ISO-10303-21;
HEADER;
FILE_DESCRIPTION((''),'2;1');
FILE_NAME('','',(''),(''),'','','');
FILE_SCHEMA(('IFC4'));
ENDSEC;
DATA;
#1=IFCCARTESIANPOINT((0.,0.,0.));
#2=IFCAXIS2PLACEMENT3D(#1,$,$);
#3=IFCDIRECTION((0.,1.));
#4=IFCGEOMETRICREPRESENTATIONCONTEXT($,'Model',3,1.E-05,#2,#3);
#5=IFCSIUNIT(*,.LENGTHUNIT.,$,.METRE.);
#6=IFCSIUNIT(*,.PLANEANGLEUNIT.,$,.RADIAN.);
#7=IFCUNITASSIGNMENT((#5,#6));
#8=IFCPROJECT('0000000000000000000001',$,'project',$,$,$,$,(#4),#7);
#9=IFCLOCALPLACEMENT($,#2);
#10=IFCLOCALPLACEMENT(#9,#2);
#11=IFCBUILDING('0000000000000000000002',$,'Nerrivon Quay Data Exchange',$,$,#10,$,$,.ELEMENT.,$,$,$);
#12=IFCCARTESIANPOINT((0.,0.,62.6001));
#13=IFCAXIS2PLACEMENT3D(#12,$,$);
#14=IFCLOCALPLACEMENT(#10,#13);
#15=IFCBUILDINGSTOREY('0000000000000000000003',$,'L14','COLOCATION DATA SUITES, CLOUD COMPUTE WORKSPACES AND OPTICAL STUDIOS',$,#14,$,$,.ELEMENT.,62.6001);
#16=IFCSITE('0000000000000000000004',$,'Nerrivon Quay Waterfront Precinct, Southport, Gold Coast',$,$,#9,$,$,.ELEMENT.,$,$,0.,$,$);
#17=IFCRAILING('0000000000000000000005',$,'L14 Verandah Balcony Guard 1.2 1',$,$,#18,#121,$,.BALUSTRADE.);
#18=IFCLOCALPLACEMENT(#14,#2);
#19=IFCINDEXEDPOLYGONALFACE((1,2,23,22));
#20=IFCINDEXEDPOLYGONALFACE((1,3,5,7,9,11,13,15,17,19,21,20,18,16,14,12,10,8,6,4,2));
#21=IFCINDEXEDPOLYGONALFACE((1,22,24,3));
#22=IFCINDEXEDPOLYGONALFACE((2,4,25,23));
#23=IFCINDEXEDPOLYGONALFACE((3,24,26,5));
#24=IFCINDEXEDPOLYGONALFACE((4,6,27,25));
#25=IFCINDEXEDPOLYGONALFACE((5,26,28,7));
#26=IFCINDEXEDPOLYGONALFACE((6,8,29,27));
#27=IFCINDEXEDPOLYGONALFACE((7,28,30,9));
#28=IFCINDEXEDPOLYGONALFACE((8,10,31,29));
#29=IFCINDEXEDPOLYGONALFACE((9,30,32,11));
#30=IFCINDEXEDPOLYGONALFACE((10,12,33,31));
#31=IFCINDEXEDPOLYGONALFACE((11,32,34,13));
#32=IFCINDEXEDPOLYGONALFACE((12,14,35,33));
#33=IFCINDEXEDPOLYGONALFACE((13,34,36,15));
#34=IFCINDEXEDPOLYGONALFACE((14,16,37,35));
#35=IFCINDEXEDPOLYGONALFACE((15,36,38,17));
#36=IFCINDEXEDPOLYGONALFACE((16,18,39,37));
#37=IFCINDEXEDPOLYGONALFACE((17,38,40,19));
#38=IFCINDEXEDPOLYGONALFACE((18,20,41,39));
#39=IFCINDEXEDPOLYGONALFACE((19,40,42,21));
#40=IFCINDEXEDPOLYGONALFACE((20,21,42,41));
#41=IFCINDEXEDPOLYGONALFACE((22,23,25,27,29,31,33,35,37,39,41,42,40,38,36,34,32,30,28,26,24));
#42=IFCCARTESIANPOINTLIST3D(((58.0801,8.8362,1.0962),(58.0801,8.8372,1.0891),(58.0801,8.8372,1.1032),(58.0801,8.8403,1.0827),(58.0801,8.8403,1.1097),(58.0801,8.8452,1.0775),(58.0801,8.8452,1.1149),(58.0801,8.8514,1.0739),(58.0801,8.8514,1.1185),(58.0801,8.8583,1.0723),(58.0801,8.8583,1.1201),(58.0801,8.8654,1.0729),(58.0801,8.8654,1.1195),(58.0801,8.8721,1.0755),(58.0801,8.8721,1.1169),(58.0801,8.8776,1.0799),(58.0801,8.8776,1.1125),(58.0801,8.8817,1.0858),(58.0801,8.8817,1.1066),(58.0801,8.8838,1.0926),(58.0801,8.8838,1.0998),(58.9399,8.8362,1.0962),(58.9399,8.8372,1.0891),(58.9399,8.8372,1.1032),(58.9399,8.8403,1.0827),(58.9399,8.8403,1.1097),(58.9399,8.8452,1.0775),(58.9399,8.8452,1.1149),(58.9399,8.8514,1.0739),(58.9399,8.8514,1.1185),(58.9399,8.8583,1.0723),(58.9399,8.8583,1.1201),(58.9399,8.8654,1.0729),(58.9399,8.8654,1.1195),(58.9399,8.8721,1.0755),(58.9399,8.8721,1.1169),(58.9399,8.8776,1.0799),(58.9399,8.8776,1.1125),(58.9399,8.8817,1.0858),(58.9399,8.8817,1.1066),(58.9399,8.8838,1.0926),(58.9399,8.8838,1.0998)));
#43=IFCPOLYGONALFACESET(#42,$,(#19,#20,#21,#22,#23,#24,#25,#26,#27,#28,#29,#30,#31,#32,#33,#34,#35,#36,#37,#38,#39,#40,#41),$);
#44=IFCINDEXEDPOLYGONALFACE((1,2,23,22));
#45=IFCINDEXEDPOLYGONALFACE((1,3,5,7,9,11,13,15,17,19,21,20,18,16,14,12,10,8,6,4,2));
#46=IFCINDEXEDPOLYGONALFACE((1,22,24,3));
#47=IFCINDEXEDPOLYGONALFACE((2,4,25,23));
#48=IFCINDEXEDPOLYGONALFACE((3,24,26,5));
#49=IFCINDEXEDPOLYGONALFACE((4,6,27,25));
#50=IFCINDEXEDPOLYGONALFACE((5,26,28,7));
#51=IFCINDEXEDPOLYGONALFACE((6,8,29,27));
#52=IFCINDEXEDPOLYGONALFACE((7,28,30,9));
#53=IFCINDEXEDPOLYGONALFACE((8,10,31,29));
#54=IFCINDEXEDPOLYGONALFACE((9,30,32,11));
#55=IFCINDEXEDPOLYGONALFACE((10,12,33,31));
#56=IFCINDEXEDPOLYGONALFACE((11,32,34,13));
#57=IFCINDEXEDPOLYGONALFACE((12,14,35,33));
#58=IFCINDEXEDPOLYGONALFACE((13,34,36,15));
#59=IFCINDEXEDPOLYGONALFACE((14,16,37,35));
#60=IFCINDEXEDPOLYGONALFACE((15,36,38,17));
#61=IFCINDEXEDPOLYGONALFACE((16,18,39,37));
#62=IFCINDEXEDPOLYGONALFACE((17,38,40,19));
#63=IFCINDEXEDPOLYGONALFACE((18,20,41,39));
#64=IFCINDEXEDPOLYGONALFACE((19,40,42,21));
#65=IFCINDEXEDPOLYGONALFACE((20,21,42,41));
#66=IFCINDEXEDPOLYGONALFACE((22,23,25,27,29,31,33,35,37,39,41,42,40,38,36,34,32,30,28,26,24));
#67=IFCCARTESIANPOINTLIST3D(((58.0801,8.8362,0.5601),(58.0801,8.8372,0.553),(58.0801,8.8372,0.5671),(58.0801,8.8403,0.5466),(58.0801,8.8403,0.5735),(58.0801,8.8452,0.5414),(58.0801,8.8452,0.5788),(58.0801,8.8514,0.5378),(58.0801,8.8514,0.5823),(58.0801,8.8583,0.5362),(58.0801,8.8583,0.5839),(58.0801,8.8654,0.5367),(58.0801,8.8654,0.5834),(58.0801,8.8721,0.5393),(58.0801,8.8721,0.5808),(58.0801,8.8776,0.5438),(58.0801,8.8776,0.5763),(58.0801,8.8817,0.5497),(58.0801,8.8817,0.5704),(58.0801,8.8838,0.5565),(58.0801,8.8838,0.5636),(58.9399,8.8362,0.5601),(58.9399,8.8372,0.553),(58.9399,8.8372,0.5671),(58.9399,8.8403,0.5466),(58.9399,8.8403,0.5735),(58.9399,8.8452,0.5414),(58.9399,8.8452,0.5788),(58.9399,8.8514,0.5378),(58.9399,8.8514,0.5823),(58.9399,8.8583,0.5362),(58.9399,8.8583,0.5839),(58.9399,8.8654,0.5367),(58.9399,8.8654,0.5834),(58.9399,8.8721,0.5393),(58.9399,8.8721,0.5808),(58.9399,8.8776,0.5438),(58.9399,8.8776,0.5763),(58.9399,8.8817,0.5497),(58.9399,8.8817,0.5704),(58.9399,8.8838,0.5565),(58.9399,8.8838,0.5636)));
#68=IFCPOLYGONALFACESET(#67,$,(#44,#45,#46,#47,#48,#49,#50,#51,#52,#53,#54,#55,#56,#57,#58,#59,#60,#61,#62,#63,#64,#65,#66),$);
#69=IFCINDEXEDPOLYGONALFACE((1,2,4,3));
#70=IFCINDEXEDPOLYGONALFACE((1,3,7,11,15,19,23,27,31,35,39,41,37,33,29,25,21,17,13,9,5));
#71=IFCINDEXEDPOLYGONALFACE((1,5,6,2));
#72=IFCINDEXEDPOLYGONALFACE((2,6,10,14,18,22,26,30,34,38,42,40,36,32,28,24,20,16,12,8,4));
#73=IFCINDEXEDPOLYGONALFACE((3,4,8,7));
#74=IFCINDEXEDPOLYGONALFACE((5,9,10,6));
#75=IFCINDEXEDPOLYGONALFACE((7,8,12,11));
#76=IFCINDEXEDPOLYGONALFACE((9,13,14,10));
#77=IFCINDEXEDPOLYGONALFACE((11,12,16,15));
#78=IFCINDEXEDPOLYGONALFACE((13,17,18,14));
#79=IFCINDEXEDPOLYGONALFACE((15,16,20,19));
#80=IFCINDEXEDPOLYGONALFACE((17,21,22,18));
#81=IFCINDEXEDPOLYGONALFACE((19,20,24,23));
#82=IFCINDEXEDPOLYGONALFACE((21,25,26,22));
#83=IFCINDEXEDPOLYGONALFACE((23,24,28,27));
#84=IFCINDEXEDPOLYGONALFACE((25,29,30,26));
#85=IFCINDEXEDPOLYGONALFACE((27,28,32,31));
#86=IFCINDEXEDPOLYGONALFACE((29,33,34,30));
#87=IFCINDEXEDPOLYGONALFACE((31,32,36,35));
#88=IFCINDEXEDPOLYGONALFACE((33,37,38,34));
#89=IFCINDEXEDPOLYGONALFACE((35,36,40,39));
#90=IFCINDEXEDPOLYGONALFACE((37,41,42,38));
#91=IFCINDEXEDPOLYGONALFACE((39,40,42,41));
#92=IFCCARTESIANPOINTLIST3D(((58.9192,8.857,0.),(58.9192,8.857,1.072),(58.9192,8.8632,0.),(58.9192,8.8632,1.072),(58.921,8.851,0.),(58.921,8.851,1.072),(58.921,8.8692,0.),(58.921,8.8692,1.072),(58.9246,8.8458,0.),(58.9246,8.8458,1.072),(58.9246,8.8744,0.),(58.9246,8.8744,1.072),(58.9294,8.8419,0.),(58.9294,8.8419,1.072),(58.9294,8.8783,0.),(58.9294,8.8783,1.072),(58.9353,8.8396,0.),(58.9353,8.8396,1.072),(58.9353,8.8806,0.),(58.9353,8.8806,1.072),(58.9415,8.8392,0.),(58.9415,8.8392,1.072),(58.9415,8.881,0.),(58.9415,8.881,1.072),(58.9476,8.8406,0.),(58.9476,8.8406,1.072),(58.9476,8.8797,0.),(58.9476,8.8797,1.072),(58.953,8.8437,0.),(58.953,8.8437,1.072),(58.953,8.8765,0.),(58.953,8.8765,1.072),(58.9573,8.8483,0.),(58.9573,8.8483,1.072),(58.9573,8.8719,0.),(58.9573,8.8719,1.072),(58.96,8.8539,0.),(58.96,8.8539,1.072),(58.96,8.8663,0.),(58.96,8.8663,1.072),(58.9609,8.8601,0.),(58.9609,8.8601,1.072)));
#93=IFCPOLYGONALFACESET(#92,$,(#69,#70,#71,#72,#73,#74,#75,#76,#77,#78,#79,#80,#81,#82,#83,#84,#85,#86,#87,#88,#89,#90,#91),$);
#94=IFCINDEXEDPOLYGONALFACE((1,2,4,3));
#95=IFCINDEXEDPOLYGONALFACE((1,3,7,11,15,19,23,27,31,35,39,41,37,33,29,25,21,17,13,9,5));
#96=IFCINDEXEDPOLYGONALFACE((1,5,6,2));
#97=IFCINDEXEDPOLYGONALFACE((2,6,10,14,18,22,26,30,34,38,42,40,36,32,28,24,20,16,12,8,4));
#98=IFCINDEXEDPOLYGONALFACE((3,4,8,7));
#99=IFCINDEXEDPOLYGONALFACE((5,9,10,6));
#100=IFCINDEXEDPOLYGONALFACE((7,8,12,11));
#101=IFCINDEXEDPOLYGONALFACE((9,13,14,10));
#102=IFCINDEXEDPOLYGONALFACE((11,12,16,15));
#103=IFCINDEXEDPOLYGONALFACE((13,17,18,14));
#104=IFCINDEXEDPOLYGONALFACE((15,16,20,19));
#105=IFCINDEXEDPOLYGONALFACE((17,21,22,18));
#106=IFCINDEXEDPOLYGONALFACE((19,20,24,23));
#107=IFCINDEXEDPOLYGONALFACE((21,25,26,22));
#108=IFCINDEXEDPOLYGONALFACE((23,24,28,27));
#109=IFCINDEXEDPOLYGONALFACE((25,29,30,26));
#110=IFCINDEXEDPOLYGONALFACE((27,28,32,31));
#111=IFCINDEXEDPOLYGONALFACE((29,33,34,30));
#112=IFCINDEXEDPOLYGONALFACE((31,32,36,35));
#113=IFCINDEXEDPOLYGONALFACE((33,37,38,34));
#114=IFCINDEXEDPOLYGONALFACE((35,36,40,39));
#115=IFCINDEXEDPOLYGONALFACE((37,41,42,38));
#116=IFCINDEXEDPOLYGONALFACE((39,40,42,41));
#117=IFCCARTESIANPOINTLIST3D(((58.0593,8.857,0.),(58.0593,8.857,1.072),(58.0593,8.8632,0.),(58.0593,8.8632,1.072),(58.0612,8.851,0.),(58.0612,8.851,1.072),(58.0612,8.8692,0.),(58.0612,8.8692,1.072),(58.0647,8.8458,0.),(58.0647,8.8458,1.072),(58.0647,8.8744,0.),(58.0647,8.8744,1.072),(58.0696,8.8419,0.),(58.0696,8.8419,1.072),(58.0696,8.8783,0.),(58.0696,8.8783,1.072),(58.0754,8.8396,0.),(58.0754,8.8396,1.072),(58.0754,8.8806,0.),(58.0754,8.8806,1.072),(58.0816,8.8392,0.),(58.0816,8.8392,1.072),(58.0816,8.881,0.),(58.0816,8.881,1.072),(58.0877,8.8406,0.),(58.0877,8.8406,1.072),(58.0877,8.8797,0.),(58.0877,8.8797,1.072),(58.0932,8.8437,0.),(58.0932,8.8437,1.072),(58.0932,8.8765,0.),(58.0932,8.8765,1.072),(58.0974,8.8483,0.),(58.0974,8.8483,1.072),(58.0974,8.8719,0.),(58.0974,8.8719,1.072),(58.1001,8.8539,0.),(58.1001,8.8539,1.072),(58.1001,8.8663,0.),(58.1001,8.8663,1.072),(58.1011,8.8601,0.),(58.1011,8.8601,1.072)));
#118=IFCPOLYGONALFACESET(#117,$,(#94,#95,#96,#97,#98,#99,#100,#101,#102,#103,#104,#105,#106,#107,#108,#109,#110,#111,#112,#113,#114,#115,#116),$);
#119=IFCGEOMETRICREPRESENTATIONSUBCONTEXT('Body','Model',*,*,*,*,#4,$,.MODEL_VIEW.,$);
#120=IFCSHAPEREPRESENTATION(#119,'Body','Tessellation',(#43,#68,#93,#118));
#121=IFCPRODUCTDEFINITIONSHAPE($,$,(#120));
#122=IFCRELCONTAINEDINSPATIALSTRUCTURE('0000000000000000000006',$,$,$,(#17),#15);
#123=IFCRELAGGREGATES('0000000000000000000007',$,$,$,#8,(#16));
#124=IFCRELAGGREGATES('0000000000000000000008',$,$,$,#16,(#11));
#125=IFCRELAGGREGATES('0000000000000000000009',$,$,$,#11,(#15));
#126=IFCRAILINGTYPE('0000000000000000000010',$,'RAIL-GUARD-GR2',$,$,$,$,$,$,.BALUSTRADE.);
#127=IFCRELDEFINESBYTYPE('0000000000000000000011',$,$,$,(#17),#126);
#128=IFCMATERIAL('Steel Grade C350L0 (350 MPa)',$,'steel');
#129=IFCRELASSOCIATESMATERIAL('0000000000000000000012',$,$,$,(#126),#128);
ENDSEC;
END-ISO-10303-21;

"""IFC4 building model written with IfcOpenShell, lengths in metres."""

from ifc_helpers import new_model, si_unit, direction, frame, origin, origin_2d, place, context, subcontext, project, spatial, circle, extrude, material, type_object, element, save


model = new_model("IFC4")

# Units and contexts
model_context = context("Model", 3, precision=1e-05, world=origin(), true_north=direction((0.0, 1.0)))
body_context = subcontext(model_context, "Body", "Model", "MODEL_VIEW")
ifc_project = project(units=[si_unit("LENGTHUNIT", "METRE"), si_unit("PLANEANGLEUNIT", "RADIAN")], contexts=[model_context])

# Site, building, storey
site_placement = place(None, origin())
site = spatial("IfcSite", under=ifc_project, at=site_placement, Name="Nerrivon Quay Waterfront Precinct, Southport, Gold Coast", CompositionType="ELEMENT", RefElevation=0.0)
building_placement = place(site_placement, origin())
building = spatial("IfcBuilding", under=site, at=building_placement, Name="Nerrivon Quay Data Exchange", CompositionType="ELEMENT")
storey_placement = place(building_placement, frame((0.0, 0.0, 62.6001)))
storey = spatial("IfcBuildingStorey", under=building, at=storey_placement, Name="L14", Description="COLOCATION DATA SUITES, CLOUD COMPUTE WORKSPACES AND OPTICAL STUDIOS", CompositionType="ELEMENT", Elevation=62.6001)

# Shared definitions
ifc_material_1 = material(Name="Steel Grade C350L0 (350 MPa)", Category="steel")

# Railing
railing_type = type_object("IfcRailingType", Name="RAIL-GUARD-GR2", PredefinedType="BALUSTRADE", material=ifc_material_1)
railing_1_placement = place(storey_placement, frame((58.9399, 8.8601, 0.0)))
element("IfcRailing", 1, at=railing_1_placement, inside=storey, type_object=railing_type, Name="L14 Verandah Balcony Guard 1.2 1", PredefinedType="BALUSTRADE", context=body_context, shape_type="SweptSolid", body=[
    extrude(circle(Radius=0.0239, at=origin_2d()), frame((0.0, 0.0, 1.0962), z_axis=(-1.0, 0.0, 0.0), x_axis=(0.0, -1.0, 0.0)), (0.0, 0.0, 1.0), 0.8599),
    extrude(circle(Radius=0.0239, at=origin_2d()), frame((0.0, 0.0, 0.5601), z_axis=(-1.0, 0.0, 0.0), x_axis=(0.0, -1.0, 0.0)), (0.0, 0.0, 1.0), 0.8599),
    extrude(circle(Radius=0.021, at=origin_2d()), origin(), (0.0, 0.0, 1.0), 1.072),
    extrude(circle(Radius=0.021, at=origin_2d()), frame((-0.8599, 0.0, 0.0)), (0.0, 0.0, 1.0), 1.072),
])

save(model, "model.ifc")
